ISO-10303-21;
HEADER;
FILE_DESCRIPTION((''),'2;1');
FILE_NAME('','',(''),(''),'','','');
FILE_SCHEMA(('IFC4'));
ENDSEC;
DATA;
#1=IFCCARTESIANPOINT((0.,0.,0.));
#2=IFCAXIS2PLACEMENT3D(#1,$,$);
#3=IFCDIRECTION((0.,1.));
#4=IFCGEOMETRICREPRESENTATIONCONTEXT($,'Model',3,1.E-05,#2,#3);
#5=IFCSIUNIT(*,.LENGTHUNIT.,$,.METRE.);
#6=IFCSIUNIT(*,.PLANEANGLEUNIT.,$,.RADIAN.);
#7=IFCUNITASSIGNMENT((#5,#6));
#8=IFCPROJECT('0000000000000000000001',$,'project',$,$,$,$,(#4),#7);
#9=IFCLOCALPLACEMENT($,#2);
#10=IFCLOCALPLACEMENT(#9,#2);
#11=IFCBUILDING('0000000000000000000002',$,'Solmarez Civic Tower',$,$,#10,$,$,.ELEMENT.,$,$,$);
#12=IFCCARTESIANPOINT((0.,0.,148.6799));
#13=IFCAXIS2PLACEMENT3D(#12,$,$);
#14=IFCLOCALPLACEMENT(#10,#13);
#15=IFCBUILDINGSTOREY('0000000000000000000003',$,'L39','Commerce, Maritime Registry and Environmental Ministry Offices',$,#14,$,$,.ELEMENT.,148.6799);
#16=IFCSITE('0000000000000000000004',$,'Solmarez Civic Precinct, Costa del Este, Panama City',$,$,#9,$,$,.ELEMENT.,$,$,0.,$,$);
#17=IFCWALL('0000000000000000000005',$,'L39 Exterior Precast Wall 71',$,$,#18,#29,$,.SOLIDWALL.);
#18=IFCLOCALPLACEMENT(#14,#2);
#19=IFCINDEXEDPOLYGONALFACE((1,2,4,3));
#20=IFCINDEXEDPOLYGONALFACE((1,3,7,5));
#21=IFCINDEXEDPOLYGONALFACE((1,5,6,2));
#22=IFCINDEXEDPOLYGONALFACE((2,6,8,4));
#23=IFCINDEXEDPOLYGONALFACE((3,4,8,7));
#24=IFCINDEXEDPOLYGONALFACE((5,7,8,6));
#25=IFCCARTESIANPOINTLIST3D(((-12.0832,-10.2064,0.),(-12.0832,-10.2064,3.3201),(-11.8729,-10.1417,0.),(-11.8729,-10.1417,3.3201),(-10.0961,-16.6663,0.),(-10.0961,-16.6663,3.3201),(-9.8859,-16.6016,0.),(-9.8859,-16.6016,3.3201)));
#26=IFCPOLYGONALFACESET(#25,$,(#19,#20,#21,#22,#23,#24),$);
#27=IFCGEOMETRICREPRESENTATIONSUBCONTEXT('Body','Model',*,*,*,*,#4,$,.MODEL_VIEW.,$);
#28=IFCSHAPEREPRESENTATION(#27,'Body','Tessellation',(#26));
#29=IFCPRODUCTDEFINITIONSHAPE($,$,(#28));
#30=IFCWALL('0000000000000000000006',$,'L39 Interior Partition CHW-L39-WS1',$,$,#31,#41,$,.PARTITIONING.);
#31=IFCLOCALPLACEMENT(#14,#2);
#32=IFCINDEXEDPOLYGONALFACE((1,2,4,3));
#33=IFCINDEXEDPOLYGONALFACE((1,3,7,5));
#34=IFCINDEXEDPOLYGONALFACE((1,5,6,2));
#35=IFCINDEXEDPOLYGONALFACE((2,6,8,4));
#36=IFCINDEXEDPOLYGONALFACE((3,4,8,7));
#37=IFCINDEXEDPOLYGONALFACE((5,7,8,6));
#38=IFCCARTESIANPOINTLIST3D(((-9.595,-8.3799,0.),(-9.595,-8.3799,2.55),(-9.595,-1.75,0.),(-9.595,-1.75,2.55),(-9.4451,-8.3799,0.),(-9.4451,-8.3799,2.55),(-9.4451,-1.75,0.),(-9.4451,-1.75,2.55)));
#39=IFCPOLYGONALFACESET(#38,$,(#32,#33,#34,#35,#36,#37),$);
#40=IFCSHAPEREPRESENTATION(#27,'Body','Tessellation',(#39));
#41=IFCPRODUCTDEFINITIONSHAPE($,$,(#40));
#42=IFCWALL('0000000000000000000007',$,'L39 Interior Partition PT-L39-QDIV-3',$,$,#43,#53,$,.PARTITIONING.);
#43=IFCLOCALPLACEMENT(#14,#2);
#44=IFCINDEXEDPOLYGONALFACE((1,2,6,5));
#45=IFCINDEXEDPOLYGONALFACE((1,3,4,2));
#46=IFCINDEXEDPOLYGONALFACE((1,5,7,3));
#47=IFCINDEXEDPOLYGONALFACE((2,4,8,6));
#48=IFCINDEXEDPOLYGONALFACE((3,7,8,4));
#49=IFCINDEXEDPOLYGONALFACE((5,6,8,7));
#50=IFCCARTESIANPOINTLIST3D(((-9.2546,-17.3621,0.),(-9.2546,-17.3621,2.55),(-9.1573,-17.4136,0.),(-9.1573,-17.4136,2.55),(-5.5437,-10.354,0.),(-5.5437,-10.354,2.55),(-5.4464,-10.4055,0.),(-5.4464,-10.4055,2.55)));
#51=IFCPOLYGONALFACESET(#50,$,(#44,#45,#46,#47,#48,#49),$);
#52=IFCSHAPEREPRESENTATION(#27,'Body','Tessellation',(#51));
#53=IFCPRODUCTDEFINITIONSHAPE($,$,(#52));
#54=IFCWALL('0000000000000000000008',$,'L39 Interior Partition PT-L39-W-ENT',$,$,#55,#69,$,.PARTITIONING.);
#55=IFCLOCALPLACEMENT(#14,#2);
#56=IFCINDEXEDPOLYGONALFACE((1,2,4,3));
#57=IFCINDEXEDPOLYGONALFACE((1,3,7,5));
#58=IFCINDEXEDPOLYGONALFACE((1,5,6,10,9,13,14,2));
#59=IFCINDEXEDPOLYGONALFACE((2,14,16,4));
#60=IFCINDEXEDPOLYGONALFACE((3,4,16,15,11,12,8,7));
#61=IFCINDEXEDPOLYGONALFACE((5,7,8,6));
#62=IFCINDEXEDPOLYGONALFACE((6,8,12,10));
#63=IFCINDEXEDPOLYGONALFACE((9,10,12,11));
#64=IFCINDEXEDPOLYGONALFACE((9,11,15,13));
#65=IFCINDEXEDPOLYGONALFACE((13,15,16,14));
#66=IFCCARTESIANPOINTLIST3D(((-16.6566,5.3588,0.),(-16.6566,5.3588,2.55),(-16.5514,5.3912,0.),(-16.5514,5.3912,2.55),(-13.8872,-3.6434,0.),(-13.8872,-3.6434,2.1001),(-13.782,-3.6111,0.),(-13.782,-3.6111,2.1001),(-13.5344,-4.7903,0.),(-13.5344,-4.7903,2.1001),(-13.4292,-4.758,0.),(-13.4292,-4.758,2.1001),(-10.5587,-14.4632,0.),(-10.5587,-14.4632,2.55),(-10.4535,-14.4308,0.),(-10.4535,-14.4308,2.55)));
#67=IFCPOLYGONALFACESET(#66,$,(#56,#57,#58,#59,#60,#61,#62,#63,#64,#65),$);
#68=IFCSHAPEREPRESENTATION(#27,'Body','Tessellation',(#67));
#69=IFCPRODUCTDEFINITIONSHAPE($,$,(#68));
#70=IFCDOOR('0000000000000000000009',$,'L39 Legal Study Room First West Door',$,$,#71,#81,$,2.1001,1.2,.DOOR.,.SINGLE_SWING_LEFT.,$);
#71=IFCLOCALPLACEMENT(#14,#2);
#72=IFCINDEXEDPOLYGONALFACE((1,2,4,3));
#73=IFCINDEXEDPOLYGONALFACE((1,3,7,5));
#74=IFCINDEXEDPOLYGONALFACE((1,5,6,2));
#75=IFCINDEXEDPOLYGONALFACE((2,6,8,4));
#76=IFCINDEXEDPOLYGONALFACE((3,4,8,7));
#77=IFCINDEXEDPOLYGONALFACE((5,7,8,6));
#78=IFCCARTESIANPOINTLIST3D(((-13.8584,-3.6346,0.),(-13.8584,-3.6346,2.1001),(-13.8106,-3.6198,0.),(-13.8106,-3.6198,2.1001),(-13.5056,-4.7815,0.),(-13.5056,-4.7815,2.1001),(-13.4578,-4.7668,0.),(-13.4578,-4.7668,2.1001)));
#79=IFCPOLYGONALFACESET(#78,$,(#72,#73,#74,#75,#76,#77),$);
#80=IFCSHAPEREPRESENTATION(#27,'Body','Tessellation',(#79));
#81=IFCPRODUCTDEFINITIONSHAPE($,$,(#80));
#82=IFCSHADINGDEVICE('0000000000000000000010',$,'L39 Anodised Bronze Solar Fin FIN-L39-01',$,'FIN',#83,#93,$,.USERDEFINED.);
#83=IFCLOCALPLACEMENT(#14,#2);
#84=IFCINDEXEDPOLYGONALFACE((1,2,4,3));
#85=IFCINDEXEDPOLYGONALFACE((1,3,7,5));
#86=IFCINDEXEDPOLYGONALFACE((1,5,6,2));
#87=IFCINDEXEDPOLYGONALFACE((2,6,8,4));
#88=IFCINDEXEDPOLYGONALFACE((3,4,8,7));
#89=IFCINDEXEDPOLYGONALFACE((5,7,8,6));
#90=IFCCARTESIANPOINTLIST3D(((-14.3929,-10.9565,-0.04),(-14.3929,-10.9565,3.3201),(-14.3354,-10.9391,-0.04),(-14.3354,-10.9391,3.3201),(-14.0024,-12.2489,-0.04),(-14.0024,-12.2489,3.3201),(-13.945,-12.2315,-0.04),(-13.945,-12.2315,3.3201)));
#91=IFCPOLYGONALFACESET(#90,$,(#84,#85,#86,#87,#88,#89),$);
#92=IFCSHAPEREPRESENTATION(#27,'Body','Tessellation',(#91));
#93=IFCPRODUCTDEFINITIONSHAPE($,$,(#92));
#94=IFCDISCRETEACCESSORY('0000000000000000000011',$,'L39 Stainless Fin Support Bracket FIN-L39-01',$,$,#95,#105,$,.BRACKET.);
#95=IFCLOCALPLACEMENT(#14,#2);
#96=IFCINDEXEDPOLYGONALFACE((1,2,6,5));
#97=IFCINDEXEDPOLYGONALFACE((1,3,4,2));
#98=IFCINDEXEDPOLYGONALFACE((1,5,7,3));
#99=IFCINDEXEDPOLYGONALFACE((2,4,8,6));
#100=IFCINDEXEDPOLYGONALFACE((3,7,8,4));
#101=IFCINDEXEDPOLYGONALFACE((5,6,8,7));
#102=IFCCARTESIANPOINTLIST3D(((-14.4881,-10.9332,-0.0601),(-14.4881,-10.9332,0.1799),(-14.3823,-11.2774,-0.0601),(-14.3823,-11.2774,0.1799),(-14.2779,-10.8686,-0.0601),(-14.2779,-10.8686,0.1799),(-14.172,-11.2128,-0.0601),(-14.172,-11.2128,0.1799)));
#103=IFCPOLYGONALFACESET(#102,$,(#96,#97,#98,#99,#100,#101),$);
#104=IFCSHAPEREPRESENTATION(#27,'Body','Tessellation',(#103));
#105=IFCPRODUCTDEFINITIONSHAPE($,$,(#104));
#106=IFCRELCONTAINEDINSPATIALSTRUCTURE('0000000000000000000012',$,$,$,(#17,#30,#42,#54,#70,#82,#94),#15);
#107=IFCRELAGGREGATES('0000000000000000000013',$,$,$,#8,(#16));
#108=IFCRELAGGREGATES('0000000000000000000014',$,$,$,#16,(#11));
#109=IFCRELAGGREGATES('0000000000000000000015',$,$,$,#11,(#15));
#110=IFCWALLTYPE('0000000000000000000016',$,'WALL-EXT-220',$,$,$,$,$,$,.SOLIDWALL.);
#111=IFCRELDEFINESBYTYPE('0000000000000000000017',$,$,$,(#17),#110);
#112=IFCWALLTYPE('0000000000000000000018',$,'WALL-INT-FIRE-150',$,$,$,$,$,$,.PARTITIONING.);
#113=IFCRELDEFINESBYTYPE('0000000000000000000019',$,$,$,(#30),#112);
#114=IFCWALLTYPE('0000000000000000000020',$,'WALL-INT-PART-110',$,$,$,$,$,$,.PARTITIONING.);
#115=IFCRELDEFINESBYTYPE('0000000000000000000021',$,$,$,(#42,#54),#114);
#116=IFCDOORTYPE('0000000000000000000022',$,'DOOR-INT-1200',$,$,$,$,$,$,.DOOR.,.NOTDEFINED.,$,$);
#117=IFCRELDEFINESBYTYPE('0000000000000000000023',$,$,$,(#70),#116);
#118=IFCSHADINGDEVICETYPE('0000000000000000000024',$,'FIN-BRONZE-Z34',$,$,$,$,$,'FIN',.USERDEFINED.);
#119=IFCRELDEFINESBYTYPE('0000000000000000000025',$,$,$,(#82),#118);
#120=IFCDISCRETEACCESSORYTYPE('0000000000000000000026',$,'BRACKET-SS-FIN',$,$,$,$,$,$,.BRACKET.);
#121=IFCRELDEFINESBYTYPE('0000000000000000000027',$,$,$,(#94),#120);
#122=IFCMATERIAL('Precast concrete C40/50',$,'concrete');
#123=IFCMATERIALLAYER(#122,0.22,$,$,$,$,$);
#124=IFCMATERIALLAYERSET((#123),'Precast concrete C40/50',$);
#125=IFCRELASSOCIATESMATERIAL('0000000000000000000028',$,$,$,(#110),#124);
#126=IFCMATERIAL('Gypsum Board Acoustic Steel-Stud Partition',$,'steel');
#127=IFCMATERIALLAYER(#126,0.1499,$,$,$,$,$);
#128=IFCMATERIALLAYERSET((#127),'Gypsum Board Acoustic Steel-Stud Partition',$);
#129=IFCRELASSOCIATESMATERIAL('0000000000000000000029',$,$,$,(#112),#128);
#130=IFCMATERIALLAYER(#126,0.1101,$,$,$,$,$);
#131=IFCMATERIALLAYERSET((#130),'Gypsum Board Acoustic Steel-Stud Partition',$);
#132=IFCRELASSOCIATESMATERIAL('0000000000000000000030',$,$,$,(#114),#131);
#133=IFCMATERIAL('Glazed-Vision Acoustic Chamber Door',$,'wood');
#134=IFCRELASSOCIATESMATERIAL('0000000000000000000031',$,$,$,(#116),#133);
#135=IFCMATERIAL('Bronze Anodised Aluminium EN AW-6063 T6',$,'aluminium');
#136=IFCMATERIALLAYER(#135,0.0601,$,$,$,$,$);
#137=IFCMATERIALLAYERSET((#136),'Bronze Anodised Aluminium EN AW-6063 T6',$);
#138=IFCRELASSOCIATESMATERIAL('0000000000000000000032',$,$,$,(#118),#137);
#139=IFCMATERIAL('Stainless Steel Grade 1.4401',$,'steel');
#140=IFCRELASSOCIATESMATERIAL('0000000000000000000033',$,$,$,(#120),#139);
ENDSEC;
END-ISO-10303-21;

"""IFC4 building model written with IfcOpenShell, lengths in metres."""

from ifc_helpers import new_model, si_unit, direction, frame, frame_2d, origin, origin_2d, place, context, subcontext, project, spatial, rectangle, extrude, material, layer, layer_set, type_object, element, fill, save


model = new_model("IFC4")

# Units and contexts
model_context = context("Model", 3, precision=1e-05, world=origin(), true_north=direction((0.0, 1.0)))
body_context = subcontext(model_context, "Body", "Model", "MODEL_VIEW")
ifc_project = project(units=[si_unit("LENGTHUNIT", "METRE"), si_unit("PLANEANGLEUNIT", "RADIAN")], contexts=[model_context])

# Site, building, storey
site_placement = place(None, origin())
site = spatial("IfcSite", under=ifc_project, at=site_placement, Name="Solmarez Civic Precinct, Costa del Este, Panama City", CompositionType="ELEMENT", RefElevation=0.0)
building_placement = place(site_placement, origin())
building = spatial("IfcBuilding", under=site, at=building_placement, Name="Solmarez Civic Tower", CompositionType="ELEMENT")
storey_placement = place(building_placement, frame((0.0, 0.0, 148.6799)))
storey = spatial("IfcBuildingStorey", under=building, at=storey_placement, Name="L39", Description="Commerce, Maritime Registry and Environmental Ministry Offices", CompositionType="ELEMENT", Elevation=148.6799)

# Shared definitions
ifc_material_1 = material(Name="Precast concrete C40/50", Category="concrete")
ifc_layer_1 = layer(ifc_material_1, 0.22)
ifc_layer_set_1 = layer_set([ifc_layer_1], Name="Precast concrete C40/50")
wall_type_1 = type_object("IfcWallType", Name="WALL-EXT-220", PredefinedType="SOLIDWALL", material=ifc_layer_set_1)

# Walls
wall_1_placement = place(storey_placement, frame((-9.991, -16.634, 0.0), z_axis=(0.0, 0.0, 1.0), x_axis=(-0.294002, 0.955805, 0.0)))
element("IfcWall", 1, at=wall_1_placement, inside=storey, type_object=wall_type_1, Name="L39 Exterior Precast Wall 71", PredefinedType="SOLIDWALL", context=body_context, shape_type="SweptSolid", body=[
    extrude(rectangle(XDim=6.7585, YDim=0.22, at=frame_2d((3.3794, 0.0))), origin(), (0.0, 0.0, 1.0), 3.3201),
])
ifc_material_2 = material(Name="Gypsum Board Acoustic Steel-Stud Partition", Category="steel")
ifc_layer_2 = layer(ifc_material_2, 0.1499)
ifc_layer_set_2 = layer_set([ifc_layer_2], Name="Gypsum Board Acoustic Steel-Stud Partition")
wall_type_2 = type_object("IfcWallType", Name="WALL-INT-FIRE-150", PredefinedType="PARTITIONING", material=ifc_layer_set_2)
wall_2_placement = place(storey_placement, frame((-9.52, -8.3799, 0.0), z_axis=(0.0, 0.0, 1.0), x_axis=(0.0, 1.0, 0.0)))
element("IfcWall", 2, at=wall_2_placement, inside=storey, type_object=wall_type_2, Name="L39 Interior Partition CHW-L39-WS1", PredefinedType="PARTITIONING", context=body_context, shape_type="SweptSolid", body=[
    extrude(rectangle(XDim=6.6299, YDim=0.1499, at=frame_2d((3.3149, 0.0))), origin(), (0.0, 0.0, 1.0), 2.55),
])
ifc_layer_3 = layer(ifc_material_2, 0.1101)
ifc_layer_set_3 = layer_set([ifc_layer_3], Name="Gypsum Board Acoustic Steel-Stud Partition")
wall_type_3 = type_object("IfcWallType", Name="WALL-INT-PART-110", PredefinedType="PARTITIONING", material=ifc_layer_set_3)
wall_3_placement = place(storey_placement, frame((-5.4951, -10.3799, 0.0), z_axis=(0.0, 0.0, 1.0), x_axis=(-0.467966, -0.883747, 0.0)))
element("IfcWall", 3, at=wall_3_placement, inside=storey, type_object=wall_type_3, Name="L39 Interior Partition PT-L39-QDIV-3", PredefinedType="PARTITIONING", context=body_context, shape_type="SweptSolid", body=[
    extrude(rectangle(XDim=7.9299, YDim=0.1101, at=frame_2d((3.9648, 0.0))), origin(), (0.0, 0.0, 1.0), 2.55),
])

# Wall, opening, door
wall_4_placement = place(storey_placement, frame((-10.5061, -14.447, 0.0), z_axis=(0.0, 0.0, 1.0), x_axis=(-0.294034, 0.955795, 0.0)))
wall_4 = element("IfcWall", 4, at=wall_4_placement, inside=storey, type_object=wall_type_3, Name="L39 Interior Partition PT-L39-W-ENT", PredefinedType="PARTITIONING", context=body_context, shape_type="SweptSolid", body=[
    extrude(rectangle(XDim=20.7388, YDim=0.1101, at=frame_2d((10.3694, 0.0))), origin(), (0.0, 0.0, 1.0), 2.55),
])
opening_1_placement = place(wall_4_placement, frame((10.1201, 0.0, 0.0)))
opening_1 = element("IfcOpeningElement", 5, at=opening_1_placement, cuts=wall_4, PredefinedType="OPENING", context=body_context, shape_type="SweptSolid", body=[
    extrude(rectangle(XDim=1.2, YDim=2.1001, at=frame_2d((0.6001, 1.05))), frame((0.0, 0.0649, 0.0), z_axis=(0.0, -1.0, 0.0), x_axis=(1.0, 0.0, 0.0)), (0.0, 0.0, 1.0), 0.1301),
])
ifc_material_3 = material(Name="Glazed-Vision Acoustic Chamber Door", Category="wood")
door_type = type_object("IfcDoorType", Name="DOOR-INT-1200", OperationType="NOTDEFINED", PredefinedType="DOOR", material=ifc_material_3)
door_placement = place(opening_1_placement, origin())
door = element("IfcDoor", 6, at=door_placement, inside=storey, type_object=door_type, Name="L39 Legal Study Room First West Door", OperationType="SINGLE_SWING_LEFT", OverallHeight=2.1001, OverallWidth=1.2, PredefinedType="DOOR", context=body_context, shape_type="SweptSolid", body=[
    extrude(rectangle(XDim=1.2, YDim=2.1001, at=frame_2d((0.6001, 1.05))), frame((0.0, 0.0249, 0.0), z_axis=(0.0, -1.0, 0.0), x_axis=(1.0, 0.0, 0.0)), (0.0, 0.0, 1.0), 0.05),
])
fill(opening_1, door)

# Shading device
ifc_material_4 = material(Name="Bronze Anodised Aluminium EN AW-6063 T6", Category="aluminium")
ifc_layer_4 = layer(ifc_material_4, 0.0601)
ifc_layer_set_4 = layer_set([ifc_layer_4], Name="Bronze Anodised Aluminium EN AW-6063 T6")
shading_device_type = type_object("IfcShadingDeviceType", Name="FIN-BRONZE-Z34", ElementType="FIN", PredefinedType="USERDEFINED", material=ifc_layer_set_4)
shading_device_placement = place(storey_placement, frame((-14.1689, -11.594, -0.04), z_axis=(0.0, 0.0, 1.0), x_axis=(0.289232, -0.957259, 0.0)))
element("IfcShadingDevice", 7, at=shading_device_placement, inside=storey, type_object=shading_device_type, Name="L39 Anodised Bronze Solar Fin FIN-L39-01", ObjectType="FIN", PredefinedType="USERDEFINED", context=body_context, shape_type="SweptSolid", body=[
    extrude(rectangle(XDim=1.3501, YDim=0.0601, at=origin_2d()), origin(), (0.0, 0.0, 1.0), 3.3601),
])

# Discrete accessory
ifc_material_5 = material(Name="Stainless Steel Grade 1.4401", Category="steel")
discrete_accessory_type = type_object("IfcDiscreteAccessoryType", Name="BRACKET-SS-FIN", PredefinedType="BRACKET", material=ifc_material_5)
discrete_accessory_placement = place(storey_placement, frame((-14.3301, -11.073, -0.0601), z_axis=(0.0, 0.0, 1.0), x_axis=(0.294023, -0.955798, 0.0)))
element("IfcDiscreteAccessory", 8, at=discrete_accessory_placement, inside=storey, type_object=discrete_accessory_type, Name="L39 Stainless Fin Support Bracket FIN-L39-01", PredefinedType="BRACKET", context=body_context, shape_type="SweptSolid", body=[
    extrude(rectangle(XDim=0.3601, YDim=0.22, at=origin_2d()), origin(), (0.0, 0.0, 1.0), 0.24),
])

save(model, "model.ifc")
